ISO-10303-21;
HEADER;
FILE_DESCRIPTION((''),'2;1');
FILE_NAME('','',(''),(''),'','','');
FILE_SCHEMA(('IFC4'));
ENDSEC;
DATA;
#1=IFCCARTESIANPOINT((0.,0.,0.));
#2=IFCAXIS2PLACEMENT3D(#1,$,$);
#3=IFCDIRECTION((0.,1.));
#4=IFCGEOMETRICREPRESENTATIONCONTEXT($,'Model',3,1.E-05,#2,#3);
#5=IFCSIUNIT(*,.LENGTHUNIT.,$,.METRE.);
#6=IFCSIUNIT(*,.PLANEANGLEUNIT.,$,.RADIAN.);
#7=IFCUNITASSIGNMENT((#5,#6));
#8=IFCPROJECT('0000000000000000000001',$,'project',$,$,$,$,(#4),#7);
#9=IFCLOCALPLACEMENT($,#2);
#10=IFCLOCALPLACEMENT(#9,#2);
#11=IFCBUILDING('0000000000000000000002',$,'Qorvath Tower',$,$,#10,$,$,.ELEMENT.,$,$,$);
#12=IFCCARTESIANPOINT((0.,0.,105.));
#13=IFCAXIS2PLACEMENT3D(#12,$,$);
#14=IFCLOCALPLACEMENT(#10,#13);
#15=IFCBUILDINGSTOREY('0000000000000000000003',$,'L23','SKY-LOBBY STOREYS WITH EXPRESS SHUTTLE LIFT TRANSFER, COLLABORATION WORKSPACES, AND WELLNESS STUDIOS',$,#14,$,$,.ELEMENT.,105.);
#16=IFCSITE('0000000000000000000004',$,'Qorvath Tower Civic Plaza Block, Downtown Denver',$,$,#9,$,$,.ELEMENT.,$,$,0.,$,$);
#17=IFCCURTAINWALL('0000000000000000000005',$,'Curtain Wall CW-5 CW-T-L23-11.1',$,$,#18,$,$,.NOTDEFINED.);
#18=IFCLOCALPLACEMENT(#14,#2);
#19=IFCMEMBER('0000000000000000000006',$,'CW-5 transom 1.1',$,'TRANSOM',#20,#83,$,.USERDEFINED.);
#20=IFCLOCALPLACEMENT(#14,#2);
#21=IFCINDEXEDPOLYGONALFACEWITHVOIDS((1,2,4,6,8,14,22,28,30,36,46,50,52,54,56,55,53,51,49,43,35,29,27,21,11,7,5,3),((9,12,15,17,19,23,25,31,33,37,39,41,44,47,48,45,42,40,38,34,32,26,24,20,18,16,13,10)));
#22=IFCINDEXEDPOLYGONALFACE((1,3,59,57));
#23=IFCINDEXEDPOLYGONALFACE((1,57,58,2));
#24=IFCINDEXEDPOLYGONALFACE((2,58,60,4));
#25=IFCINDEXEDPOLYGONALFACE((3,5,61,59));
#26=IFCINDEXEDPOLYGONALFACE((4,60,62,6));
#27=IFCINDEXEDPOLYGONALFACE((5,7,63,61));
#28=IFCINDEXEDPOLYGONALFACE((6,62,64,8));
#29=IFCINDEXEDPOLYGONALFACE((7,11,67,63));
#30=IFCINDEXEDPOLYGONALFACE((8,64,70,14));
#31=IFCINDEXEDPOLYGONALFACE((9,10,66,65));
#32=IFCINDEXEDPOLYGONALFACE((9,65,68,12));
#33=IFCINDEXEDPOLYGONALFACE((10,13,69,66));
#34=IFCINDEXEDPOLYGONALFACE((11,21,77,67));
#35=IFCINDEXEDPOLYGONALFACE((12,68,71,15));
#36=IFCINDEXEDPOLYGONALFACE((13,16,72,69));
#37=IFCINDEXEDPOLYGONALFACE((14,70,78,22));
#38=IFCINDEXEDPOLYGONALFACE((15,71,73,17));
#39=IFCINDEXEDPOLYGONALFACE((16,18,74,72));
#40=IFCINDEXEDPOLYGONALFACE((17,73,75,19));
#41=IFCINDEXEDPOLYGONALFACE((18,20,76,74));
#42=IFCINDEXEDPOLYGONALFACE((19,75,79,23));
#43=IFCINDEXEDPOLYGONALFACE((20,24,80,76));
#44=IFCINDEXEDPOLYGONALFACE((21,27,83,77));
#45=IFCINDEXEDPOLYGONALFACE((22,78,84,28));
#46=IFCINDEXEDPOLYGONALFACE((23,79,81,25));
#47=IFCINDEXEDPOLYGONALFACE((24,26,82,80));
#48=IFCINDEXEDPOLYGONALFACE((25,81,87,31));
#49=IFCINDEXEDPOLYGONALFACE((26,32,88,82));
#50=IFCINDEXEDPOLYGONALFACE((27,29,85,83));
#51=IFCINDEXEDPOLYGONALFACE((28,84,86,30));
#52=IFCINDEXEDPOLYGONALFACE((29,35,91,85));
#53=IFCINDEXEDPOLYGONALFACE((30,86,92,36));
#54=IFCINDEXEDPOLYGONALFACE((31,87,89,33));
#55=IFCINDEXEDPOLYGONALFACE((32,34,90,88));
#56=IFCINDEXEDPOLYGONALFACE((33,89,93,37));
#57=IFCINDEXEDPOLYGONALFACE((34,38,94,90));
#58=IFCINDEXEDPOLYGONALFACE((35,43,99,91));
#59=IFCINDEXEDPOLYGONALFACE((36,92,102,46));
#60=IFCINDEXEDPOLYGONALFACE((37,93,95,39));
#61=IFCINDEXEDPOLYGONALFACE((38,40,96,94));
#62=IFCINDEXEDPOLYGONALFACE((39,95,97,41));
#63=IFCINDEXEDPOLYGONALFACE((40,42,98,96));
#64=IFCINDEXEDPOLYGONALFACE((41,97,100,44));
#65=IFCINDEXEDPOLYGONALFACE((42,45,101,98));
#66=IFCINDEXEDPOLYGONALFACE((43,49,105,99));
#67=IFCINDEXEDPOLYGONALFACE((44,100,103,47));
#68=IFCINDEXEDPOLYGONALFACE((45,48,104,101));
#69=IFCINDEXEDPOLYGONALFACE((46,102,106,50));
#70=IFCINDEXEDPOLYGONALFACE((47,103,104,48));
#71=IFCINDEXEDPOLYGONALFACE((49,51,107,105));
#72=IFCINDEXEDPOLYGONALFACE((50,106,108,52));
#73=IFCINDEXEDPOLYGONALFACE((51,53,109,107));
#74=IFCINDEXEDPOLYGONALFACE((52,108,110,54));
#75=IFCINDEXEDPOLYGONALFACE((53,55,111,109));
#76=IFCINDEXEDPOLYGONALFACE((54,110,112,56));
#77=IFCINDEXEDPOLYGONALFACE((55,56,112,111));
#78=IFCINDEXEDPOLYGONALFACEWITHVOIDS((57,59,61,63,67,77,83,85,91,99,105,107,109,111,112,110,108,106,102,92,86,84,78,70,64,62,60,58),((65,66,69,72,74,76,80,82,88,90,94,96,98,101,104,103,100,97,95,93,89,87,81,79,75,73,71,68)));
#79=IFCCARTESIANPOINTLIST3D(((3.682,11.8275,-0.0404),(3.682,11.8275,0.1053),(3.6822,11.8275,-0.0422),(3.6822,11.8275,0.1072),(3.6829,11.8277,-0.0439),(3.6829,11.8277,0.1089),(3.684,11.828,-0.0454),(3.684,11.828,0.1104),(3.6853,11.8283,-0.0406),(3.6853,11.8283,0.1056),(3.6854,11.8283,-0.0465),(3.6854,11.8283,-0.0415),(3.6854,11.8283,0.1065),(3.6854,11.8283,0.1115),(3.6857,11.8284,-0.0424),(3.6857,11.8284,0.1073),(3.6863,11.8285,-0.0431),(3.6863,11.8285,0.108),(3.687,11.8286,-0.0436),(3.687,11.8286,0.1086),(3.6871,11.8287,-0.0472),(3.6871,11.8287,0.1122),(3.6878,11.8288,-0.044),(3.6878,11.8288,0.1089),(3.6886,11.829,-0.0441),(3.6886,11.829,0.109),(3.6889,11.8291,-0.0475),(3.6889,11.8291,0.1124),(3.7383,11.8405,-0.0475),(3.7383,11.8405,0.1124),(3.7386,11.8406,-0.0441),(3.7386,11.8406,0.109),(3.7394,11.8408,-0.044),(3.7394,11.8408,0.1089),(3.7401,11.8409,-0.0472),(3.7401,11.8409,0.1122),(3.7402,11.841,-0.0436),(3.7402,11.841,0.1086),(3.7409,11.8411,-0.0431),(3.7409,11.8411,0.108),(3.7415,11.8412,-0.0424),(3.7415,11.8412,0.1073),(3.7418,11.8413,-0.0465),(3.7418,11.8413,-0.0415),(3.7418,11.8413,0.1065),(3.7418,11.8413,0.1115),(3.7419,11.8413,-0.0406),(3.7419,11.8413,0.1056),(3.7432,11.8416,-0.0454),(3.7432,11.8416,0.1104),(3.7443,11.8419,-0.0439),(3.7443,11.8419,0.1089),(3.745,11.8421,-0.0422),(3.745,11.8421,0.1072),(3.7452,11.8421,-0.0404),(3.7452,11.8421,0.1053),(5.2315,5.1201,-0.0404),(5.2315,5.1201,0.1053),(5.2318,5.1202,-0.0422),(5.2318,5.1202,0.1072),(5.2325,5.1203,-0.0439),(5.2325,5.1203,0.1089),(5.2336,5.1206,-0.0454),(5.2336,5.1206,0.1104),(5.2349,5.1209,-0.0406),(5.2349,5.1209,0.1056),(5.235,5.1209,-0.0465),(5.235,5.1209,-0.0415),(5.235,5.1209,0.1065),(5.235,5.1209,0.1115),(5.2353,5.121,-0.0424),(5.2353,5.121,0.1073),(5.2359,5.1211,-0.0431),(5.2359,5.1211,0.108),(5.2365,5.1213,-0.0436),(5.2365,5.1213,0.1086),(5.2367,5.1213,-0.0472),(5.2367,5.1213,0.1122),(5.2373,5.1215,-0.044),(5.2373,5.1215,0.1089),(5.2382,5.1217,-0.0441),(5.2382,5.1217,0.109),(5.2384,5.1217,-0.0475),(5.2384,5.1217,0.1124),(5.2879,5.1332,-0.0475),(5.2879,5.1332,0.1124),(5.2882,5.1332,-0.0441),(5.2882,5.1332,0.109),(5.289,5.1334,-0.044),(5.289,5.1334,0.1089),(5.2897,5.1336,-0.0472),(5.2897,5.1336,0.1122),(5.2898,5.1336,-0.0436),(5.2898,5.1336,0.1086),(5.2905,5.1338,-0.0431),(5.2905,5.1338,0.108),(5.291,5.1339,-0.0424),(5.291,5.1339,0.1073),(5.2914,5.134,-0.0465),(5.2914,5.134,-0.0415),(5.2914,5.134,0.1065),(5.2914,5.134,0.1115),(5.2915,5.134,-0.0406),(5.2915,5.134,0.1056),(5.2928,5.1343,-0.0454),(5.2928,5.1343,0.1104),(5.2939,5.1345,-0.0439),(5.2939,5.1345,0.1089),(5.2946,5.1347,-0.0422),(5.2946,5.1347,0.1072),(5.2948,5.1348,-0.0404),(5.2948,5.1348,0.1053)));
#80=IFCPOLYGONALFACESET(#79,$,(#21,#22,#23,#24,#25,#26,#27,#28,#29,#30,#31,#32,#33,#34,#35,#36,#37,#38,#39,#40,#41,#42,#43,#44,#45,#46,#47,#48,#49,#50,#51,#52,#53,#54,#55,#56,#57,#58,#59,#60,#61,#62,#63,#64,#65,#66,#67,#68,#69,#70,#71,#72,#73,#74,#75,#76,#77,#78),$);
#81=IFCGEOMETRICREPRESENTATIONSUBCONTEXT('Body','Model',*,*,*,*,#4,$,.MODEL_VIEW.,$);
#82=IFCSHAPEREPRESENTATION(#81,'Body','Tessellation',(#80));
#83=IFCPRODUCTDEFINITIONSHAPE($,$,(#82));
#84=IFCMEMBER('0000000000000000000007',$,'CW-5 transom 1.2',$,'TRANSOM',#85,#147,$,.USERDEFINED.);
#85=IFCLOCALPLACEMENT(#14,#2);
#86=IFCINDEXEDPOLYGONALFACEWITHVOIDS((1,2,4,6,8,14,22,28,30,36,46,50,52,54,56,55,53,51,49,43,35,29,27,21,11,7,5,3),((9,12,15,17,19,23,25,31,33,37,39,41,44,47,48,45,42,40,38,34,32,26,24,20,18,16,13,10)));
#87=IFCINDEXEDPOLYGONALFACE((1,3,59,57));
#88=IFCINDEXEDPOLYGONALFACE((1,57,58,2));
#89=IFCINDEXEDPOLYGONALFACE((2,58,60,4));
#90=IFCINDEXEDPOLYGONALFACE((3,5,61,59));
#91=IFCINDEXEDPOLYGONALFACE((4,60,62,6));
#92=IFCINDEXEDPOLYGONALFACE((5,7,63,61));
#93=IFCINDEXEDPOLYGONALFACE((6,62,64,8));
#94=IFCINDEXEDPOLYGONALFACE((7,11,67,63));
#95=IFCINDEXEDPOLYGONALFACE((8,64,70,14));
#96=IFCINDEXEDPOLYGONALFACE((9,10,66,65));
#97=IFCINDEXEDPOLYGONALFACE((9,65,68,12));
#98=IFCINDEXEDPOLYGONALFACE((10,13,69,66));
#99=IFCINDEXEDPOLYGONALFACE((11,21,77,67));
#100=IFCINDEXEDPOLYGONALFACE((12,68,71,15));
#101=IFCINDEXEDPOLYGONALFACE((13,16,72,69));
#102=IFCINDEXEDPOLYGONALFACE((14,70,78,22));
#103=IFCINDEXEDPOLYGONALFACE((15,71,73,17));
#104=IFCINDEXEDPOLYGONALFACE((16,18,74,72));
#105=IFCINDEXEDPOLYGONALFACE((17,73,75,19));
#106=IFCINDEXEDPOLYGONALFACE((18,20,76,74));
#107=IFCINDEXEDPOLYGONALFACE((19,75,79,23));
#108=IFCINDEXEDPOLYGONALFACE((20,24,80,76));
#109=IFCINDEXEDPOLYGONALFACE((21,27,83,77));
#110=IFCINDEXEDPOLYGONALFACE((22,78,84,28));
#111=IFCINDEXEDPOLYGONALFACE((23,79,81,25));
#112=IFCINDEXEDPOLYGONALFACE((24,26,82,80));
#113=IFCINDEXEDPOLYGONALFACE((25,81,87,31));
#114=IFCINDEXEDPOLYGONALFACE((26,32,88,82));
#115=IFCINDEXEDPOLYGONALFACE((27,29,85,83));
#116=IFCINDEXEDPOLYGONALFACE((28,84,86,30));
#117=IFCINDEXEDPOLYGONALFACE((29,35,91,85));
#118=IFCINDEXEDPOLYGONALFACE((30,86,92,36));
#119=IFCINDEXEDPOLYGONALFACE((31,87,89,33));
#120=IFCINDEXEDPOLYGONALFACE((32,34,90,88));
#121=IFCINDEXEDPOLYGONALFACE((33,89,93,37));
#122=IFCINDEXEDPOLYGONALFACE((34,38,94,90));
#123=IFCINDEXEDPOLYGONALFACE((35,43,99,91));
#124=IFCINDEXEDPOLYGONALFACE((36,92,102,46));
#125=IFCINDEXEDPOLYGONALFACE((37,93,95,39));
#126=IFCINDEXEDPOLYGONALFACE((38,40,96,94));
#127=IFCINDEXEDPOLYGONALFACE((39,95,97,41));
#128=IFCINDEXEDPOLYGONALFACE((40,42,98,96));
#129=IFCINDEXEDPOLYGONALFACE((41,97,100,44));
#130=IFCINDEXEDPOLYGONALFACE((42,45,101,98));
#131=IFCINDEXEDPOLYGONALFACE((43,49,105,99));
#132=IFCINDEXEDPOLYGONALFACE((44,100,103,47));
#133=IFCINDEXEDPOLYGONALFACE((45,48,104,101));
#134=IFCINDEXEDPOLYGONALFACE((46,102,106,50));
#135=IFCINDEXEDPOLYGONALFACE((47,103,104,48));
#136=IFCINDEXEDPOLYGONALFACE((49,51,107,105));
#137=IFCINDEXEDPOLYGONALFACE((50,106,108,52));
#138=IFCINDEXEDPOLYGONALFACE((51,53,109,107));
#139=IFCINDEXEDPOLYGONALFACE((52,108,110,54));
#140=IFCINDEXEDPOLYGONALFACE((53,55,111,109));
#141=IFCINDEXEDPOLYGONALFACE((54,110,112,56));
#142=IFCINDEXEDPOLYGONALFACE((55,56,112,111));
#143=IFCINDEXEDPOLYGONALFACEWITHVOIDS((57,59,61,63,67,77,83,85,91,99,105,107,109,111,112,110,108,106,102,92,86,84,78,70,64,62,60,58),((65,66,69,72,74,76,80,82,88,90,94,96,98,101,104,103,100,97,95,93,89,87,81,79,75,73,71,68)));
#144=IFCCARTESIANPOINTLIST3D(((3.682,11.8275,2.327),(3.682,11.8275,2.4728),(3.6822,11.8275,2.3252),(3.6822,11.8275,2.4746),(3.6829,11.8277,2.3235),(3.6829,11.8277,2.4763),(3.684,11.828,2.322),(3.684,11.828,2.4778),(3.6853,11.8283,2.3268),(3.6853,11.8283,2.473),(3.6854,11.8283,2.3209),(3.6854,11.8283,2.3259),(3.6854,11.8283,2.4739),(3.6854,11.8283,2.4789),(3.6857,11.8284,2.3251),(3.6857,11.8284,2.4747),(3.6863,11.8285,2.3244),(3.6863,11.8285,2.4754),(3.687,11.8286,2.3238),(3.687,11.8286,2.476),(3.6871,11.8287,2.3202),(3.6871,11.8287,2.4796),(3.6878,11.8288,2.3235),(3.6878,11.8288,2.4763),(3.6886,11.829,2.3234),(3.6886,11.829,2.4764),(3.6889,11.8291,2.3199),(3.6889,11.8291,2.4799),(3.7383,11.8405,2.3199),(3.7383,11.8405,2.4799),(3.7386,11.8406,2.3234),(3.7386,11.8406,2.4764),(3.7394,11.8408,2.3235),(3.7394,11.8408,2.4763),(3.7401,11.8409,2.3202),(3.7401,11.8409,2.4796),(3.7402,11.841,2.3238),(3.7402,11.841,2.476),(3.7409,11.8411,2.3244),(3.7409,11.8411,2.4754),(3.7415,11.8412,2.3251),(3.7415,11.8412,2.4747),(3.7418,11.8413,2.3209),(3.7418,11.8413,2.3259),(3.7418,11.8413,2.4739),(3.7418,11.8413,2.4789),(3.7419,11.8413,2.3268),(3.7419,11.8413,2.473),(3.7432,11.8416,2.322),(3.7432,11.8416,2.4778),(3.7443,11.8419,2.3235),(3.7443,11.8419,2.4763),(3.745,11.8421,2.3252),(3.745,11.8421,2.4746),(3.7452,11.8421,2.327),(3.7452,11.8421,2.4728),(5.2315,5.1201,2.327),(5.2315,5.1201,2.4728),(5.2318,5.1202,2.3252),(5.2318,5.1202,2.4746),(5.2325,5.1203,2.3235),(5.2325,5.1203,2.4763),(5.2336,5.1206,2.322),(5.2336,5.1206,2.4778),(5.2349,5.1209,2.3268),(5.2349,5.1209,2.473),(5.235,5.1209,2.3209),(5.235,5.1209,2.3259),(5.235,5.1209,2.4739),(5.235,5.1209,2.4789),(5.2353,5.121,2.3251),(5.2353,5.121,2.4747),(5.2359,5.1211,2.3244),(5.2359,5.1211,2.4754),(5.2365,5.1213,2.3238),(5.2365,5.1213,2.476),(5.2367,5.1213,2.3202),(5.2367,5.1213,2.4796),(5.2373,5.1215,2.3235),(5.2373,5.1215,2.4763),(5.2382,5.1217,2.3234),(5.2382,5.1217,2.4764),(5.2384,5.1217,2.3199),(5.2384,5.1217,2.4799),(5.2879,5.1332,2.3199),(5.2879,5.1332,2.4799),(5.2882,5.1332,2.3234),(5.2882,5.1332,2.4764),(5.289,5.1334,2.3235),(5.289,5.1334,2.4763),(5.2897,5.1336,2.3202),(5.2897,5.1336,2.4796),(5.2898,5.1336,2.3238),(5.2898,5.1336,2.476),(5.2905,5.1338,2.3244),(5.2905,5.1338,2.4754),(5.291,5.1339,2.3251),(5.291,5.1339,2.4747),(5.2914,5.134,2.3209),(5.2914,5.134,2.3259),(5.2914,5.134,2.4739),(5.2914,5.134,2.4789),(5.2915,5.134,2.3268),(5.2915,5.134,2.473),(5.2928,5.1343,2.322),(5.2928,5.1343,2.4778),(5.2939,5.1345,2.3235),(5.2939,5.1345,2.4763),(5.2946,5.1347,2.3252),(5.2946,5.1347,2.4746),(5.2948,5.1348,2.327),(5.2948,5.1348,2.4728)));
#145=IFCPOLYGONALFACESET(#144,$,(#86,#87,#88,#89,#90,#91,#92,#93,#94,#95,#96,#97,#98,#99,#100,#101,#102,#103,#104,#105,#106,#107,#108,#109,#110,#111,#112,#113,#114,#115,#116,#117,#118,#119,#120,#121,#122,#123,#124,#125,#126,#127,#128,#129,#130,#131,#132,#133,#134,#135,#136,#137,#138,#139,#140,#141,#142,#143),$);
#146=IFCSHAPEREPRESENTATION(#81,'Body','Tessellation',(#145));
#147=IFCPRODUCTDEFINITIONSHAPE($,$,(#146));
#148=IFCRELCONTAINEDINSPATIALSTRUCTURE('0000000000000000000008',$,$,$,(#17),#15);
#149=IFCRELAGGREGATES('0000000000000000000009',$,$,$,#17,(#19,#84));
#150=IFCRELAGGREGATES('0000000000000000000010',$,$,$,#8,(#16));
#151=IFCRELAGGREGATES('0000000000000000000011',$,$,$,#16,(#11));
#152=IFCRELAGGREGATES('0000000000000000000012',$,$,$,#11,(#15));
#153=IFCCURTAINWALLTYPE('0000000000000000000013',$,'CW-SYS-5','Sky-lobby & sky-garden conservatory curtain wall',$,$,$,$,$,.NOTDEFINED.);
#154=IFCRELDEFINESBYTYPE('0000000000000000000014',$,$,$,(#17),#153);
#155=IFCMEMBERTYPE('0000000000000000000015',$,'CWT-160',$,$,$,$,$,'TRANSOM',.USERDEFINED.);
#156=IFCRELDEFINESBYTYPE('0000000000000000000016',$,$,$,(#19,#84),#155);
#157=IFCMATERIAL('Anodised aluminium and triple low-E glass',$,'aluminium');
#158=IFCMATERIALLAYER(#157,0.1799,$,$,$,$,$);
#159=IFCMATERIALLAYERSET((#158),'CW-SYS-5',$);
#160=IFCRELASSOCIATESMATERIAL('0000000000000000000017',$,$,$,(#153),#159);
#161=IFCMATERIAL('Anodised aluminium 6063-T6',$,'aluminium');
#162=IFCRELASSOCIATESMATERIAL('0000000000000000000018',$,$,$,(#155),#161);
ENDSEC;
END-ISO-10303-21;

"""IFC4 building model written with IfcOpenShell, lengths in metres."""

from ifc_helpers import new_model, si_unit, direction, frame, origin, origin_2d, place, context, subcontext, project, spatial, hollow_rectangle, extrude, material, layer, layer_set, material_profile, profile_set, type_object, element, aggregate, save


model = new_model("IFC4")

# Units and contexts
model_context = context("Model", 3, precision=1e-05, world=origin(), true_north=direction((0.0, 1.0)))
body_context = subcontext(model_context, "Body", "Model", "MODEL_VIEW")
ifc_project = project(units=[si_unit("LENGTHUNIT", "METRE"), si_unit("PLANEANGLEUNIT", "RADIAN")], contexts=[model_context])

# Site, building, storey
site_placement = place(None, origin())
site = spatial("IfcSite", under=ifc_project, at=site_placement, Name="Qorvath Tower Civic Plaza Block, Downtown Denver", CompositionType="ELEMENT", RefElevation=0.0)
building_placement = place(site_placement, origin())
building = spatial("IfcBuilding", under=site, at=building_placement, Name="Qorvath Tower", CompositionType="ELEMENT")
storey_placement = place(building_placement, frame((0.0, 0.0, 105.0)))
storey = spatial("IfcBuildingStorey", under=building, at=storey_placement, Name="L23", Description="SKY-LOBBY STOREYS WITH EXPRESS SHUTTLE LIFT TRANSFER, COLLABORATION WORKSPACES, AND WELLNESS STUDIOS", CompositionType="ELEMENT", Elevation=105.0)

# Shared definitions
ifc_material_1 = material(Name="Anodised aluminium and triple low-E glass", Category="aluminium")
ifc_layer_1 = layer(ifc_material_1, 0.1799)
ifc_layer_set_1 = layer_set([ifc_layer_1], Name="CW-SYS-5")
curtain_wall_type = type_object("IfcCurtainWallType", Name="CW-SYS-5", Description="Sky-lobby & sky-garden conservatory curtain wall", PredefinedType="NOTDEFINED", material=ifc_layer_set_1)

# Curtain wall
curtain_wall_1_placement = place(storey_placement, origin())
curtain_wall_1 = element("IfcCurtainWall", 1, at=curtain_wall_1_placement, inside=storey, type_object=curtain_wall_type, Name="Curtain Wall CW-5 CW-T-L23-11.1", PredefinedType="NOTDEFINED")

# Members
ifc_material_2 = material(Name="Anodised aluminium 6063-T6", Category="aluminium")
ifc_material_profile_1 = material_profile(ifc_material_2, hollow_rectangle(XDim=0.0649, YDim=0.1599, WallThickness=0.0034, InnerFilletRadius=0.0034, OuterFilletRadius=0.0071, at=origin_2d()), Name="CWT 160x65")
ifc_profile_set_1 = profile_set([ifc_material_profile_1], Name="Anodised aluminium 6063-T6")
member_type_1 = type_object("IfcMemberType", Name="CWT-160", ElementType="TRANSOM", PredefinedType="USERDEFINED", material=ifc_profile_set_1)
member_1_placement = place(storey_placement, frame((5.2632, 5.1274, 0.0325), z_axis=(-0.225098, 0.974336, 0.0), x_axis=(-0.974336, -0.225098, 0.0)))
member_1 = element("IfcMember", 2, at=member_1_placement, type_object=member_type_1, Name="CW-5 transom 1.1", ObjectType="TRANSOM", PredefinedType="USERDEFINED", context=body_context, shape_type="SweptSolid", body=[
    extrude(hollow_rectangle(XDim=0.0649, YDim=0.1599, WallThickness=0.0034, InnerFilletRadius=0.0034, OuterFilletRadius=0.0071, at=origin_2d()), origin(), (0.0, 0.0, 1.0), 6.884),
])
member_2_placement = place(storey_placement, frame((5.2632, 5.1274, 2.3999), z_axis=(-0.225098, 0.974336, 0.0), x_axis=(-0.974336, -0.225098, 0.0)))
member_2 = element("IfcMember", 3, at=member_2_placement, type_object=member_type_1, Name="CW-5 transom 1.2", ObjectType="TRANSOM", PredefinedType="USERDEFINED", context=body_context, shape_type="SweptSolid", body=[
    extrude(hollow_rectangle(XDim=0.0649, YDim=0.1599, WallThickness=0.0034, InnerFilletRadius=0.0034, OuterFilletRadius=0.0071, at=origin_2d()), origin(), (0.0, 0.0, 1.0), 6.884),
])
aggregate(curtain_wall_1, [member_1, member_2])

save(model, "model.ifc")
